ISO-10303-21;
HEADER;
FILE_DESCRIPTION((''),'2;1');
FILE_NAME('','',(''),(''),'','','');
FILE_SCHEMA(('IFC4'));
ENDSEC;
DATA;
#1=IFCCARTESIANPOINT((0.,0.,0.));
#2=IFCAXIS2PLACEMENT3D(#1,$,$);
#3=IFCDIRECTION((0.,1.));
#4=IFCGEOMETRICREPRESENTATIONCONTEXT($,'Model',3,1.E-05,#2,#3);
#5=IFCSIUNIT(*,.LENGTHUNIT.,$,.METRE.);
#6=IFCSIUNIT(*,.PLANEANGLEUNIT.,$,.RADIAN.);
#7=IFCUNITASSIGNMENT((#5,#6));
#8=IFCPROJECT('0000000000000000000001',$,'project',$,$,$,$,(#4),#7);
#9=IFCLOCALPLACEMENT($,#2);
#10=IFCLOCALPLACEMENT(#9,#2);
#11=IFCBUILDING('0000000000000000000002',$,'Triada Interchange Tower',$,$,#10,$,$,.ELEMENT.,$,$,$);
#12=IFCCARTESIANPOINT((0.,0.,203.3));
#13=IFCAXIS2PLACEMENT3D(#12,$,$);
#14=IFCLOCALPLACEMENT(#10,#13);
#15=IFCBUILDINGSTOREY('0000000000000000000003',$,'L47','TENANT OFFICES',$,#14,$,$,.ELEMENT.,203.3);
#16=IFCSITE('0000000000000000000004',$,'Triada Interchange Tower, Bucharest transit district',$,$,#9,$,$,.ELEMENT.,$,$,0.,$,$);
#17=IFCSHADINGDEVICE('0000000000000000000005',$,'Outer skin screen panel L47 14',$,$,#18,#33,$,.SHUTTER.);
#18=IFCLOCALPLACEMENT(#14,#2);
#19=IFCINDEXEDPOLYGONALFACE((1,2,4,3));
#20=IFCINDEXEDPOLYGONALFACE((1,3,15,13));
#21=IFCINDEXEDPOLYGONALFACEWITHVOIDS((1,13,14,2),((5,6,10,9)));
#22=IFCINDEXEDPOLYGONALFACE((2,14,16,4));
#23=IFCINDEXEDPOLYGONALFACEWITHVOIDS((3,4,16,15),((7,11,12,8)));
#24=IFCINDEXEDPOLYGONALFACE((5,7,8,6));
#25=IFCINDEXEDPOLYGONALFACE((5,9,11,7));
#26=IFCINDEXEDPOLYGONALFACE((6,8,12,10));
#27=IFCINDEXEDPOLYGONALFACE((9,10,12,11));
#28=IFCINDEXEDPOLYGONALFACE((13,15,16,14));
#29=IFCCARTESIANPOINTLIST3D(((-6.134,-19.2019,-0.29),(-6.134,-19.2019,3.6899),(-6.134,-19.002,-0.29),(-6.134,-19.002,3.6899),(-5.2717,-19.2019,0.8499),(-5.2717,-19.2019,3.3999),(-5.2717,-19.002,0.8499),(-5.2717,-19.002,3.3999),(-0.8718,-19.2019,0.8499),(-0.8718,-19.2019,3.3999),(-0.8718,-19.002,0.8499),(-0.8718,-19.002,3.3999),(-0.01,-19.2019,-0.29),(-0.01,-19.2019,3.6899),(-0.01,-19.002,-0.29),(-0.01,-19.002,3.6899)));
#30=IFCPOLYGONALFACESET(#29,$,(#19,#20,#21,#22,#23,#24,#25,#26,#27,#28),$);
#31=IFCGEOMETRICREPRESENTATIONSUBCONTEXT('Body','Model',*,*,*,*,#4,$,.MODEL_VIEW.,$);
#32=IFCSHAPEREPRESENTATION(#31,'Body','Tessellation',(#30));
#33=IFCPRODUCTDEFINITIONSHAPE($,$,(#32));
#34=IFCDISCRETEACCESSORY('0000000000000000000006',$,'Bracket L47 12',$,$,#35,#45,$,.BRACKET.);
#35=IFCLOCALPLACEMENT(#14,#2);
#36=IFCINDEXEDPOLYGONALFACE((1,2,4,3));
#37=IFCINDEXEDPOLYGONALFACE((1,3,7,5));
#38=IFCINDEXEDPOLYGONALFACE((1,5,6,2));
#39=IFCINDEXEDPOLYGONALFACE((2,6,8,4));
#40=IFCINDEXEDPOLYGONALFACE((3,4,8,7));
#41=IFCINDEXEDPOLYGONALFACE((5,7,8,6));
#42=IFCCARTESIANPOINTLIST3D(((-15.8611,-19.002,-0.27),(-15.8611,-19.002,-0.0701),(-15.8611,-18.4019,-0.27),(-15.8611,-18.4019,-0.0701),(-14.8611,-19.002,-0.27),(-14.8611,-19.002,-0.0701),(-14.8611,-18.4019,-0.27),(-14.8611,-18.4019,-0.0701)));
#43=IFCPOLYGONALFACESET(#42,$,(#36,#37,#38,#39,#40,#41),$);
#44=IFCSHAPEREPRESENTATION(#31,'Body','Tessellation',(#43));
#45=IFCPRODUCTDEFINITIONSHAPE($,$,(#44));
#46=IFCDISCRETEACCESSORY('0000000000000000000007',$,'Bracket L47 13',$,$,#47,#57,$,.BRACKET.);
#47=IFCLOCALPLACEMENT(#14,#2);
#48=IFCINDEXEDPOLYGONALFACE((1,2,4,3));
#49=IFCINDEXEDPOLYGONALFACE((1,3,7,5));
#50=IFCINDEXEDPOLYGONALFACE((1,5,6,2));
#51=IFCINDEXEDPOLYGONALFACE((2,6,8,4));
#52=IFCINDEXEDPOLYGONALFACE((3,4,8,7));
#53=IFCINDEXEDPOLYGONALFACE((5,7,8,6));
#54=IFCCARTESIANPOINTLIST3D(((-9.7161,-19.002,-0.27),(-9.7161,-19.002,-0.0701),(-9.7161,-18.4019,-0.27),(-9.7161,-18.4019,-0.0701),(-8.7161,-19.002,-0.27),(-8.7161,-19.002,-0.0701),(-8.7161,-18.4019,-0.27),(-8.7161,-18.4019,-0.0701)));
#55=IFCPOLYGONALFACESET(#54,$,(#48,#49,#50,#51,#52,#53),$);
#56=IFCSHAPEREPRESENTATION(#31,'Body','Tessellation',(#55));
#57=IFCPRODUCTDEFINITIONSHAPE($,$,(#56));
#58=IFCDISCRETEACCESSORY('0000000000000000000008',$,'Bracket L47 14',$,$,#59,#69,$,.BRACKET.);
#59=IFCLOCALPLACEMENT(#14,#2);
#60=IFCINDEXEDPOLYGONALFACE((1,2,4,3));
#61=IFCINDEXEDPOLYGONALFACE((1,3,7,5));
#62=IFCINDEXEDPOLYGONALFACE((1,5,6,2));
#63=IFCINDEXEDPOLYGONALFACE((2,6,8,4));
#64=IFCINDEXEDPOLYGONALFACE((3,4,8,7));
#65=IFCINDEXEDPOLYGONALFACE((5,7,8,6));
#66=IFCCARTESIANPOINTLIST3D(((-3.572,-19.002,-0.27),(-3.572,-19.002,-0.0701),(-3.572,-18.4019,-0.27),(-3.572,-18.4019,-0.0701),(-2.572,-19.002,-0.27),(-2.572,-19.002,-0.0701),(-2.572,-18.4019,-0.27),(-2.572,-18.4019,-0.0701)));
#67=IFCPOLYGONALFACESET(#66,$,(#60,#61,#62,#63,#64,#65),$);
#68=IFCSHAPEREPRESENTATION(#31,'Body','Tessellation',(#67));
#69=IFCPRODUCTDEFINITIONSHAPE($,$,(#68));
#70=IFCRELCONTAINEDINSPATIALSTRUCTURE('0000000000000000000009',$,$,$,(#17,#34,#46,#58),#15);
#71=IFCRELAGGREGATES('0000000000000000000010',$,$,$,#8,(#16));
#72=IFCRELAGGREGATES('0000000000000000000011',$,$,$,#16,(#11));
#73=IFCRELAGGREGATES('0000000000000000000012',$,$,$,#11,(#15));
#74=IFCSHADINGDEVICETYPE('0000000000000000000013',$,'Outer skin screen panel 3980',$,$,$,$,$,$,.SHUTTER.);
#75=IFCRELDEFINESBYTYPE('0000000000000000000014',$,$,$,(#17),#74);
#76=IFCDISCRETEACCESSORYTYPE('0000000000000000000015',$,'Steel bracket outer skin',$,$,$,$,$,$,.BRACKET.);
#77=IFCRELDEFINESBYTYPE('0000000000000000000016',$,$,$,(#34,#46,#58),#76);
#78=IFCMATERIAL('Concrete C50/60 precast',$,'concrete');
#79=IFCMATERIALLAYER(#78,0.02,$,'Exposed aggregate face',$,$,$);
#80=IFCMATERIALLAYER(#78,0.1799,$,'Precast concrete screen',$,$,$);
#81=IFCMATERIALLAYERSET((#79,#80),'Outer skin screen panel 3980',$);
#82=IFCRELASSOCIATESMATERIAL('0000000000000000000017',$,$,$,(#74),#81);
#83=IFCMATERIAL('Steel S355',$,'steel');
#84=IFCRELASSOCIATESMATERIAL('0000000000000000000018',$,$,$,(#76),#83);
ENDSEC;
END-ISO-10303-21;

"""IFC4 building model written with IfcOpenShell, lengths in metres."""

from ifc_helpers import new_model, si_unit, direction, frame, origin, origin_2d, place, context, subcontext, project, spatial, polyline, rectangle, outline, extrude, material, layer, layer_set, type_object, element, save


model = new_model("IFC4")

# Units and contexts
model_context = context("Model", 3, precision=1e-05, world=origin(), true_north=direction((0.0, 1.0)))
body_context = subcontext(model_context, "Body", "Model", "MODEL_VIEW")
ifc_project = project(units=[si_unit("LENGTHUNIT", "METRE"), si_unit("PLANEANGLEUNIT", "RADIAN")], contexts=[model_context])

# Site, building, storey
site_placement = place(None, origin())
site = spatial("IfcSite", under=ifc_project, at=site_placement, Name="Triada Interchange Tower, Bucharest transit district", CompositionType="ELEMENT", RefElevation=0.0)
building_placement = place(site_placement, origin())
building = spatial("IfcBuilding", under=site, at=building_placement, Name="Triada Interchange Tower", CompositionType="ELEMENT")
storey_placement = place(building_placement, frame((0.0, 0.0, 203.3)))
storey = spatial("IfcBuildingStorey", under=building, at=storey_placement, Name="L47", Description="TENANT OFFICES", CompositionType="ELEMENT", Elevation=203.3)

# Shading device
ifc_material_1 = material(Name="Concrete C50/60 precast", Category="concrete")
ifc_layer_1 = layer(ifc_material_1, 0.02, Name="Exposed aggregate face")
ifc_layer_2 = layer(ifc_material_1, 0.1799, Name="Precast concrete screen")
ifc_layer_set_1 = layer_set([ifc_layer_1, ifc_layer_2], Name="Outer skin screen panel 3980")
shading_device_type = type_object("IfcShadingDeviceType", Name="Outer skin screen panel 3980", PredefinedType="SHUTTER", material=ifc_layer_set_1)
shading_device_1_placement = place(storey_placement, frame((-6.134, -19.002, -0.29), z_axis=(0.0, 0.0, 1.0), x_axis=(1.0, 0.0, 0.0)))
element("IfcShadingDevice", 1, at=shading_device_1_placement, inside=storey, type_object=shading_device_type, Name="Outer skin screen panel L47 14", PredefinedType="SHUTTER", context=body_context, shape_type="SweptSolid", body=[
    extrude(outline(polyline([(0.0, 0.0), (6.124, 0.0), (6.124, 3.98), (0.0, 3.98), (0.0, 0.0)]), holes=[polyline([(0.8623, 1.1399), (0.8623, 3.6899), (5.2622, 3.6899), (5.2622, 1.1399), (0.8623, 1.1399)])]), frame((0.0, 0.0, 0.0), z_axis=(0.0, -1.0, 0.0), x_axis=(1.0, 0.0, 0.0)), (0.0, 0.0, 1.0), 0.2),
])

# Discrete accessories
ifc_material_2 = material(Name="Steel S355", Category="steel")
discrete_accessory_type = type_object("IfcDiscreteAccessoryType", Name="Steel bracket outer skin", PredefinedType="BRACKET", material=ifc_material_2)
for number, where, z_axis, x_axis, name in (
    (2, (-15.3611, -18.7019, -0.27), (0.0, 0.0, 1.0), (0.0, -1.0, 0.0), "Bracket L47 12"),
    (3, (-9.2161, -18.7019, -0.27), (0.0, 0.0, 1.0), (0.0, -1.0, 0.0), "Bracket L47 13"),
    (4, (-3.072, -18.7019, -0.27), (0.0, 0.0, 1.0), (0.0, -1.0, 0.0), "Bracket L47 14"),
):
    element("IfcDiscreteAccessory", number, at=place(storey_placement, frame(where, z_axis=z_axis, x_axis=x_axis)), inside=storey, type_object=discrete_accessory_type, Name=name, PredefinedType="BRACKET", context=body_context, shape_type="SweptSolid", body=[
        extrude(rectangle(XDim=0.6001, YDim=1.0, at=origin_2d()), origin(), (0.0, 0.0, 1.0), 0.2),
    ])

save(model, "model.ifc")
